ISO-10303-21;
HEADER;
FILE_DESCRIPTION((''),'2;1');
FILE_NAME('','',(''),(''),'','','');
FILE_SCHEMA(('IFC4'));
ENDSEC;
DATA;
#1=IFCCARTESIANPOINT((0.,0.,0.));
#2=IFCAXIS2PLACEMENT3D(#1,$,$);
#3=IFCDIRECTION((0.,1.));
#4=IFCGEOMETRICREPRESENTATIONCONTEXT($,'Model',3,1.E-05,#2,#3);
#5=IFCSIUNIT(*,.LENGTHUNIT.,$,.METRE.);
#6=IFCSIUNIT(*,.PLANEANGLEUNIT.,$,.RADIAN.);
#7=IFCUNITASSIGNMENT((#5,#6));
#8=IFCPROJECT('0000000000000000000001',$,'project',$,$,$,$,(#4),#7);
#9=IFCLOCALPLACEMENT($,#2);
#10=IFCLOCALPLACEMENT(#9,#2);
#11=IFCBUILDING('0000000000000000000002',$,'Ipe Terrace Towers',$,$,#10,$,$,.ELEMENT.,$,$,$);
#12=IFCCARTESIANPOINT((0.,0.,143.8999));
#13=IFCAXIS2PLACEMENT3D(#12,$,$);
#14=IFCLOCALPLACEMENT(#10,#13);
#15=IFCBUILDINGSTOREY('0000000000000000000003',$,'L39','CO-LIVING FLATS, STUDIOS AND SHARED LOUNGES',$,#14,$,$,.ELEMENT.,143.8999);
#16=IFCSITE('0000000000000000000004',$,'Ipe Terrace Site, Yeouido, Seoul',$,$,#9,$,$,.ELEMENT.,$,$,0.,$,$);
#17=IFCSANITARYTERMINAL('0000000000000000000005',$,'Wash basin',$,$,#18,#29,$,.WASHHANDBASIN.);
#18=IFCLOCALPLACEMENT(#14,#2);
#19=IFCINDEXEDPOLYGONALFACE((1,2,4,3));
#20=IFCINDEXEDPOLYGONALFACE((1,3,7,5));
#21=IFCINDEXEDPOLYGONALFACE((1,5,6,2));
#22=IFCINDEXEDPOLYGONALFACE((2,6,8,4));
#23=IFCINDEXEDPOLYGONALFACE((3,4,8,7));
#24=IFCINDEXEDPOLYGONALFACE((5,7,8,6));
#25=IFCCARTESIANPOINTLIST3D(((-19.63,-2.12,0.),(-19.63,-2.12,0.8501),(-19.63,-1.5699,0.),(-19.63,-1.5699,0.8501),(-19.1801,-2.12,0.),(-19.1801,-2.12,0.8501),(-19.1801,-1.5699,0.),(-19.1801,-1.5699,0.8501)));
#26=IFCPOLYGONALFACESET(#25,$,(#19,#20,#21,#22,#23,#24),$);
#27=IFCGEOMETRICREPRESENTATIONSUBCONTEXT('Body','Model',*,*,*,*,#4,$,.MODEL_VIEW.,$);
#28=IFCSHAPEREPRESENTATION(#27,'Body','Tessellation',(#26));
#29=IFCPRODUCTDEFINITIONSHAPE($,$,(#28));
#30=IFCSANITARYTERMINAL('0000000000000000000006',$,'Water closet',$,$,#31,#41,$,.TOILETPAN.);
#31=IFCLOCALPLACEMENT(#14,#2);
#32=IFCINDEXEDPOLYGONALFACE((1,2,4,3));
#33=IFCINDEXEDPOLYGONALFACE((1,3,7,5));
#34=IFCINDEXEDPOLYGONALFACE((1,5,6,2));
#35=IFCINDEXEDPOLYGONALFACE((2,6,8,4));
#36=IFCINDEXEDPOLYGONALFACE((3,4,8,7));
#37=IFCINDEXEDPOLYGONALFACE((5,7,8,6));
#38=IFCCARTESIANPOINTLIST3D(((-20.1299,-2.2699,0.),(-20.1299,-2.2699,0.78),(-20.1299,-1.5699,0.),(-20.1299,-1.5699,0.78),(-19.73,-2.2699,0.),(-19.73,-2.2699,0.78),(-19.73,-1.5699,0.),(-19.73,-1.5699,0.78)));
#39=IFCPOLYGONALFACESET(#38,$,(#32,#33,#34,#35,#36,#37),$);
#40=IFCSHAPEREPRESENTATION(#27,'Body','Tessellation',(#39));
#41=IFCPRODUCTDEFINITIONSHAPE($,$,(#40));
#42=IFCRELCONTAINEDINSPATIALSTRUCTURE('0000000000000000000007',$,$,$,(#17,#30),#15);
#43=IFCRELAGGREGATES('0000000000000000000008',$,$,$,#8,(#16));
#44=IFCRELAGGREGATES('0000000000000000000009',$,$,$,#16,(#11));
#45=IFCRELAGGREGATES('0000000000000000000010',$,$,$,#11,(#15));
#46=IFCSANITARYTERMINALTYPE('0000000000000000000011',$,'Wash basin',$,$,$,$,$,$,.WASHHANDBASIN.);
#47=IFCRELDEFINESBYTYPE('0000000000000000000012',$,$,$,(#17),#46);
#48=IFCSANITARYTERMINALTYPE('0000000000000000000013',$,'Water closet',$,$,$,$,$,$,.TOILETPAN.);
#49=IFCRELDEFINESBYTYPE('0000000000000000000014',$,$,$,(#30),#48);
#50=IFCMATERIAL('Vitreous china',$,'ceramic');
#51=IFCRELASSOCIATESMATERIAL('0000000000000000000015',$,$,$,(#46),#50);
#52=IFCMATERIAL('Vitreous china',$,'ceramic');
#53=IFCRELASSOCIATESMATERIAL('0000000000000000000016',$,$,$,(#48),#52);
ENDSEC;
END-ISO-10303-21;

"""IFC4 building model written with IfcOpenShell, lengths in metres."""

from ifc_helpers import new_model, si_unit, direction, frame, origin, origin_2d, place, context, subcontext, project, spatial, rectangle, extrude, material, type_object, element, save


model = new_model("IFC4")

# Units and contexts
model_context = context("Model", 3, precision=1e-05, world=origin(), true_north=direction((0.0, 1.0)))
body_context = subcontext(model_context, "Body", "Model", "MODEL_VIEW")
ifc_project = project(units=[si_unit("LENGTHUNIT", "METRE"), si_unit("PLANEANGLEUNIT", "RADIAN")], contexts=[model_context])

# Site, building, storey
site_placement = place(None, origin())
site = spatial("IfcSite", under=ifc_project, at=site_placement, Name="Ipe Terrace Site, Yeouido, Seoul", CompositionType="ELEMENT", RefElevation=0.0)
building_placement = place(site_placement, origin())
building = spatial("IfcBuilding", under=site, at=building_placement, Name="Ipe Terrace Towers", CompositionType="ELEMENT")
storey_placement = place(building_placement, frame((0.0, 0.0, 143.8999)))
storey = spatial("IfcBuildingStorey", under=building, at=storey_placement, Name="L39", Description="CO-LIVING FLATS, STUDIOS AND SHARED LOUNGES", CompositionType="ELEMENT", Elevation=143.8999)

# Sanitary terminals
ifc_material_1 = material(Name="Vitreous china", Category="ceramic")
sanitary_terminal_type_1 = type_object("IfcSanitaryTerminalType", Name="Wash basin", PredefinedType="WASHHANDBASIN", material=ifc_material_1)
sanitary_terminal_1_placement = place(storey_placement, frame((-19.405, -1.845, 0.0), z_axis=(0.0, 0.0, 1.0), x_axis=(0.0, -1.0, 0.0)))
element("IfcSanitaryTerminal", 1, at=sanitary_terminal_1_placement, inside=storey, type_object=sanitary_terminal_type_1, Name="Wash basin", PredefinedType="WASHHANDBASIN", context=body_context, shape_type="SweptSolid", body=[
    extrude(rectangle(XDim=0.55, YDim=0.45, at=origin_2d()), origin(), (0.0, 0.0, 1.0), 0.8501),
])
ifc_material_2 = material(Name="Vitreous china", Category="ceramic")
sanitary_terminal_type_2 = type_object("IfcSanitaryTerminalType", Name="Water closet", PredefinedType="TOILETPAN", material=ifc_material_2)
sanitary_terminal_2_placement = place(storey_placement, frame((-19.9299, -1.9199, 0.0), z_axis=(0.0, 0.0, 1.0), x_axis=(0.0, -1.0, 0.0)))
element("IfcSanitaryTerminal", 2, at=sanitary_terminal_2_placement, inside=storey, type_object=sanitary_terminal_type_2, Name="Water closet", PredefinedType="TOILETPAN", context=body_context, shape_type="SweptSolid", body=[
    extrude(rectangle(XDim=0.7, YDim=0.3999, at=origin_2d()), origin(), (0.0, 0.0, 1.0), 0.78),
])

save(model, "model.ifc")
